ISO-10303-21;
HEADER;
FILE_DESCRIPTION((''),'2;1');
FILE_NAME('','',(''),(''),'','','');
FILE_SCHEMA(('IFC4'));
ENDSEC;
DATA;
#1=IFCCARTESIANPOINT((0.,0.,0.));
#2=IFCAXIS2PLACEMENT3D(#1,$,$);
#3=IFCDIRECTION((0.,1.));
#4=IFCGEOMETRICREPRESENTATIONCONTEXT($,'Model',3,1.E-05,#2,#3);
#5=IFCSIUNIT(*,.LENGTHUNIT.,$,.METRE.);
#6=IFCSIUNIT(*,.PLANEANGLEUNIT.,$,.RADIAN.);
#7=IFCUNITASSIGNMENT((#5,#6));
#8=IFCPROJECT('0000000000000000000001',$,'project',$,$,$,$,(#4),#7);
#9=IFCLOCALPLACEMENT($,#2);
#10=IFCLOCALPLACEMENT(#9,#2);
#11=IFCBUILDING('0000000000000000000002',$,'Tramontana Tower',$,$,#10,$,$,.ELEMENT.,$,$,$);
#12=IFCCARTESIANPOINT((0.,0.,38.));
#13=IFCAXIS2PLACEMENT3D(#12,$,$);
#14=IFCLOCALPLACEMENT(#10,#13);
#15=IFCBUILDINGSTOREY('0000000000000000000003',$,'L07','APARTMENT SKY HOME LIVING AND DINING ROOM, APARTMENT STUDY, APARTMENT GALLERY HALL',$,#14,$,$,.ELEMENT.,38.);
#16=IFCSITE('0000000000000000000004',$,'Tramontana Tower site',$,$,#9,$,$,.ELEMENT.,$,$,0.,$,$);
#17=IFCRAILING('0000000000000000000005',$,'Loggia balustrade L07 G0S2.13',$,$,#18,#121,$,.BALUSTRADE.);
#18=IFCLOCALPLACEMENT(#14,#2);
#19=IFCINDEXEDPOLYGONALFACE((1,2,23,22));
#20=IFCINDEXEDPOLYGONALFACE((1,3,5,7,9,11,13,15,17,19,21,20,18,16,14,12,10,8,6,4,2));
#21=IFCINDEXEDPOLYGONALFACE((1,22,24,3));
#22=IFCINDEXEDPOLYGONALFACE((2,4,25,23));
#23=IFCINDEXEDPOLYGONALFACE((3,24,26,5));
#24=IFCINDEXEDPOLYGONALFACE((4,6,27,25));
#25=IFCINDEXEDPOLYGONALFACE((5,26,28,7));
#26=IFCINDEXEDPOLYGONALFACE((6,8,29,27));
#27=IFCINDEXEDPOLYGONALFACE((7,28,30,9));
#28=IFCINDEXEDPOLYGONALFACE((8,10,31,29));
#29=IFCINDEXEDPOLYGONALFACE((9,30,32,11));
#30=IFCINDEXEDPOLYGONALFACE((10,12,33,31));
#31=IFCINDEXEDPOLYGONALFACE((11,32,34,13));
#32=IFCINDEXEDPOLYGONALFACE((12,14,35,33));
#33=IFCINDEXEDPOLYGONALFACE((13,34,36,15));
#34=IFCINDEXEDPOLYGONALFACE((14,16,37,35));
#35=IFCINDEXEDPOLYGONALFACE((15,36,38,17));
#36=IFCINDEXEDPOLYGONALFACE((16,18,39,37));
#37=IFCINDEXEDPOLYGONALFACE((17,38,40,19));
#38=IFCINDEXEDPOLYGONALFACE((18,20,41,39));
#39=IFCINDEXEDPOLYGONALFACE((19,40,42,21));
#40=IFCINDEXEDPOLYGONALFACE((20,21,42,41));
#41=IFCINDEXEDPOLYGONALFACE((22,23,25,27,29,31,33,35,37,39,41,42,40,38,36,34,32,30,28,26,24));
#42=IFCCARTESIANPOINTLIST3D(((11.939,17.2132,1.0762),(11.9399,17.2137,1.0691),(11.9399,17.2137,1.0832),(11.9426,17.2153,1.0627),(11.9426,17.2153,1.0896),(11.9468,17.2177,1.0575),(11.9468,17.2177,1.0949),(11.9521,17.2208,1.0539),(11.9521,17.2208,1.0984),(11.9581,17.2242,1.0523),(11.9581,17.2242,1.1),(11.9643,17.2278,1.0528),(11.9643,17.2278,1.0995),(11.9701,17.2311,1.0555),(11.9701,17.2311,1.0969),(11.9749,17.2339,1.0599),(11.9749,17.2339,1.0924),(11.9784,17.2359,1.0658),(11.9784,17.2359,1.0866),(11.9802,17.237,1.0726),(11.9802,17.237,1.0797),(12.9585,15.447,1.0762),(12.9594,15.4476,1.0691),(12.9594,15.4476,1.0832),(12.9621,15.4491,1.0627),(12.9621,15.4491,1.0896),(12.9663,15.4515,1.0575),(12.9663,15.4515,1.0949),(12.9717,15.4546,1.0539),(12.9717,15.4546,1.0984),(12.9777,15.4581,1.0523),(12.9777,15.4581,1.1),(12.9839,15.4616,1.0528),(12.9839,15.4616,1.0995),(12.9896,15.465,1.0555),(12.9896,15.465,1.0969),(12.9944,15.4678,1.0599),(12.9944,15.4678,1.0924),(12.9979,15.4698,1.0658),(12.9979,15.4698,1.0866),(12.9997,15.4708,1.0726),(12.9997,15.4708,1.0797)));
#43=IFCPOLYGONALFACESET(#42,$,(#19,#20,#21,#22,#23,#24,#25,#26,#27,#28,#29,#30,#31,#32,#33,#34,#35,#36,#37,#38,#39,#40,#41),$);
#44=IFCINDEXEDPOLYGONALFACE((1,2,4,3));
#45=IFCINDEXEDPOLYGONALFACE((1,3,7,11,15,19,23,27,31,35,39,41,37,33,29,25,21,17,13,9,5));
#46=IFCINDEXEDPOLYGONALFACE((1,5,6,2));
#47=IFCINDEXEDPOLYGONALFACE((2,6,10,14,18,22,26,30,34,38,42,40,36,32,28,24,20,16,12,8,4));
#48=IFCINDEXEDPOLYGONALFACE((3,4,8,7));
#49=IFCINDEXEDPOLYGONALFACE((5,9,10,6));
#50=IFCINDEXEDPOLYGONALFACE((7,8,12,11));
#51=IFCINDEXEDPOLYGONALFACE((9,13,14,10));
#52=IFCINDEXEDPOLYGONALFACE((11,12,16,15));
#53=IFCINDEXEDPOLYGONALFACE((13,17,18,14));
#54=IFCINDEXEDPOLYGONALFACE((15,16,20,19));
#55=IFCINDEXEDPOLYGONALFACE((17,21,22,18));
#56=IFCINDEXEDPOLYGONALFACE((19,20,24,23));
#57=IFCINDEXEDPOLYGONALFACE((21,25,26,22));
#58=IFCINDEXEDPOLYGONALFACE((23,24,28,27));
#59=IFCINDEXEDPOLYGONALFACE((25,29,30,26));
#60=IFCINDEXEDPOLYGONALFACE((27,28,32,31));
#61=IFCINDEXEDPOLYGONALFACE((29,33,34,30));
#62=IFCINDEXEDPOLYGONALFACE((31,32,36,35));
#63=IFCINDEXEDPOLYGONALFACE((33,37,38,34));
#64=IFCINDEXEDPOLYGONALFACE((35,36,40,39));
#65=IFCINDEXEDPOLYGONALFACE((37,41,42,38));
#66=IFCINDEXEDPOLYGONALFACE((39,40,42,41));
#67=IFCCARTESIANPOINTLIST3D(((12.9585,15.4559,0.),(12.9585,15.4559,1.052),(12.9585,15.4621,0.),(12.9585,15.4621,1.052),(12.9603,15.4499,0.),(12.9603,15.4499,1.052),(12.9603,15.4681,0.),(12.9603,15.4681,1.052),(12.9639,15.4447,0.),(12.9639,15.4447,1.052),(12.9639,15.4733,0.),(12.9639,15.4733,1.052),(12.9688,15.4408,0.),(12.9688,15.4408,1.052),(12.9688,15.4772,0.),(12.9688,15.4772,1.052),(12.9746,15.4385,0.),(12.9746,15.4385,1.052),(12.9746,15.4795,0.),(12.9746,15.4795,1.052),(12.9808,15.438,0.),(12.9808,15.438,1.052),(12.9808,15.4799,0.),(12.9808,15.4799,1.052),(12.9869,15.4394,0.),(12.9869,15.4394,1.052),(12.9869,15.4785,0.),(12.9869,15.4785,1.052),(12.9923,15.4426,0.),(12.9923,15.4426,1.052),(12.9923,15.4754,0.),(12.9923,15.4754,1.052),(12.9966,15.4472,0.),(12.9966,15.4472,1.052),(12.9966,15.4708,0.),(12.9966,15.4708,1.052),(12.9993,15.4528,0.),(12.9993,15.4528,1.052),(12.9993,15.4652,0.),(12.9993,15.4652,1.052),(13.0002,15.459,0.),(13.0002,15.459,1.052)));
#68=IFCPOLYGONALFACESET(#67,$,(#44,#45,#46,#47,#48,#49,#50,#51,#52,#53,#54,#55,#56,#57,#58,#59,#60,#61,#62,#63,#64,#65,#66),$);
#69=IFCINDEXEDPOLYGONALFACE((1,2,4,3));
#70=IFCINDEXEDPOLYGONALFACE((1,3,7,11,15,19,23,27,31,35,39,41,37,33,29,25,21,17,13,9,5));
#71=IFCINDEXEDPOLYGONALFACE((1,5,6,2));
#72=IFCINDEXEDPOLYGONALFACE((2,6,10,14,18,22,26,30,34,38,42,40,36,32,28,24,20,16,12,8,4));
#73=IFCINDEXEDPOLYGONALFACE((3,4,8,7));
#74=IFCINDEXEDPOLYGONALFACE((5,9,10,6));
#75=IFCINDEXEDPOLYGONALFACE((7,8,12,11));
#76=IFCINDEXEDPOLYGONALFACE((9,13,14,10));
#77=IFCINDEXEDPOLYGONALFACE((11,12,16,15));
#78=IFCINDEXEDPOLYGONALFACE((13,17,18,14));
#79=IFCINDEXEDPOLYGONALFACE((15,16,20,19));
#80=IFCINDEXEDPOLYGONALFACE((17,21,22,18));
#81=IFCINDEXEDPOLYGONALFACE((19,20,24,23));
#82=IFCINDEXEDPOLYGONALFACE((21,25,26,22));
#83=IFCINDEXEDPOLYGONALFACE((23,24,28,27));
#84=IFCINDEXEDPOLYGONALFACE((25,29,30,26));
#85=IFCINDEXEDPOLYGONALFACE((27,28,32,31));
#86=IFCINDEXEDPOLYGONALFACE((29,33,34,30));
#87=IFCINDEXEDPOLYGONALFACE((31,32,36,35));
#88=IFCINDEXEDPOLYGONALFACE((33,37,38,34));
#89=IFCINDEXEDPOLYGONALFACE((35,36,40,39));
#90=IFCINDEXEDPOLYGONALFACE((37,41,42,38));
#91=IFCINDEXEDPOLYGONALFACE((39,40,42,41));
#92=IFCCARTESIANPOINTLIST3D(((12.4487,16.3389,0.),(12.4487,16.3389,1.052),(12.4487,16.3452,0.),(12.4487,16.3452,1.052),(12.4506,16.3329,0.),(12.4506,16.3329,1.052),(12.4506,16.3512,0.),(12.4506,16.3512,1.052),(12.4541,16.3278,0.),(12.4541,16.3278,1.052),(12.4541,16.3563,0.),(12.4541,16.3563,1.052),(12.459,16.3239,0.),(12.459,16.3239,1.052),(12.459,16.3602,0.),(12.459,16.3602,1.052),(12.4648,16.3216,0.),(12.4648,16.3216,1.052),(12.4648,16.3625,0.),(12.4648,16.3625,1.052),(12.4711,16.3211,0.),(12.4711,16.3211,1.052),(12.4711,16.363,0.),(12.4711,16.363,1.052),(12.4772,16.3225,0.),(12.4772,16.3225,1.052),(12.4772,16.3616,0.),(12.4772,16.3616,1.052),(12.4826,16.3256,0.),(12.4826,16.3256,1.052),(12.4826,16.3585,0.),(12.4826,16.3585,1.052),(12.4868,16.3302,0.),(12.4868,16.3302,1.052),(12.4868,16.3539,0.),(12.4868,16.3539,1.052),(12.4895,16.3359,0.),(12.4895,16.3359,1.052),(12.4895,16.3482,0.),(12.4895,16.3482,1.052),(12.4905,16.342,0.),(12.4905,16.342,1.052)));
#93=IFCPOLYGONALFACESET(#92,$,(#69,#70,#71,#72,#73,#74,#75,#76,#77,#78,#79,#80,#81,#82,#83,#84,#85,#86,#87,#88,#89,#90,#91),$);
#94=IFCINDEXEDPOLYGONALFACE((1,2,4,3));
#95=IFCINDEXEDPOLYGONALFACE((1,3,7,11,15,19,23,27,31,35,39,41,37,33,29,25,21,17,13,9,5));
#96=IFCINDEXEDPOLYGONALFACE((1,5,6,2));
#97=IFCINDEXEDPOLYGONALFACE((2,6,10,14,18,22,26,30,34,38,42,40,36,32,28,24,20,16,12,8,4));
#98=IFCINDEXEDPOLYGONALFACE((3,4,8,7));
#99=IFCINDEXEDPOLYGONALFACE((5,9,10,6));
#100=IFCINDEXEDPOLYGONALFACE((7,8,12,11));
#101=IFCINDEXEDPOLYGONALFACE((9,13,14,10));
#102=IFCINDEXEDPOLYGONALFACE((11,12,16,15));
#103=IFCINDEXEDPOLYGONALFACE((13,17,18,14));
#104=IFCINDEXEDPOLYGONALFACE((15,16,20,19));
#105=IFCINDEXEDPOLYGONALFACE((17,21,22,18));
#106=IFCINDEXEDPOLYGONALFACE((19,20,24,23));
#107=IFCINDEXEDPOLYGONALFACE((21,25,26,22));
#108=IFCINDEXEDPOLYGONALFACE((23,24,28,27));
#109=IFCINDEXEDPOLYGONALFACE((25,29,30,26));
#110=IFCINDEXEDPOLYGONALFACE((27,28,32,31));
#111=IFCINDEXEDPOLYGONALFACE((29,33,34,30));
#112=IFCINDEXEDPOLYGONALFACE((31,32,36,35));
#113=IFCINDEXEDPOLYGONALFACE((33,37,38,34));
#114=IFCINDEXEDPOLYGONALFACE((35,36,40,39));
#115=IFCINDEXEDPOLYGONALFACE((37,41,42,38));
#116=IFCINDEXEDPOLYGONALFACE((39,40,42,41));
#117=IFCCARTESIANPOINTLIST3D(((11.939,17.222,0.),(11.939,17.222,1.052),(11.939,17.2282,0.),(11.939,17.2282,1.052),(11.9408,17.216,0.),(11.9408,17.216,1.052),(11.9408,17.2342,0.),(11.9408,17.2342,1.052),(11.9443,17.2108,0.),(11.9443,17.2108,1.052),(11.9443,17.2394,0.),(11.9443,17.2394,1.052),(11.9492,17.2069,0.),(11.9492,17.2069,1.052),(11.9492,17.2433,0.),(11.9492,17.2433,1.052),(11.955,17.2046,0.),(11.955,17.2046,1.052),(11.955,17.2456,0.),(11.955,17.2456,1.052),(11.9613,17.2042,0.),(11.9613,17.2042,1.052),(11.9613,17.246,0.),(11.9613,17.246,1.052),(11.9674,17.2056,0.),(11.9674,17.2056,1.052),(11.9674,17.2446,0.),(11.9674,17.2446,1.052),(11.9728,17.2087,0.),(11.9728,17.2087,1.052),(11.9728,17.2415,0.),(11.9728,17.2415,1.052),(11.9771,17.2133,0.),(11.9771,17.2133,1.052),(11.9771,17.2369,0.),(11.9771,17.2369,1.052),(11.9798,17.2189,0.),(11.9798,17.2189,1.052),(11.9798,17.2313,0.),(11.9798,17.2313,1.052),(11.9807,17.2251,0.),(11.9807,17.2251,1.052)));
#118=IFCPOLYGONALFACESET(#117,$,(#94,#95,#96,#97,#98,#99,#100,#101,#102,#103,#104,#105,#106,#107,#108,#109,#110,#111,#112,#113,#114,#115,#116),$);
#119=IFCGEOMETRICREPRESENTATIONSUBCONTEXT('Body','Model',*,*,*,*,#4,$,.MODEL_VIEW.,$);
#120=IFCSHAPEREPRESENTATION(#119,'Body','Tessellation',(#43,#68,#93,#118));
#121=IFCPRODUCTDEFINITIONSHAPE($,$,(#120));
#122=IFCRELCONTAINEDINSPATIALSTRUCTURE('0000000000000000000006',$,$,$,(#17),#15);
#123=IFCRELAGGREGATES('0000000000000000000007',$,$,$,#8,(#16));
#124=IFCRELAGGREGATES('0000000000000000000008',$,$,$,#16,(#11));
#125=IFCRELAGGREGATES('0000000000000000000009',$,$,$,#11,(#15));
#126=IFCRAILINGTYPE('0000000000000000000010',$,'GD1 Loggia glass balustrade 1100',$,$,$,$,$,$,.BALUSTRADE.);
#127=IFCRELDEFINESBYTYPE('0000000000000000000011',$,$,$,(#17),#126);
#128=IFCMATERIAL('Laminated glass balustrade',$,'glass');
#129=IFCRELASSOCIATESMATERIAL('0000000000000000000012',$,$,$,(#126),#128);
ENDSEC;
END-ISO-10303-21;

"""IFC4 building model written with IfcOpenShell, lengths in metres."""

from ifc_helpers import new_model, si_unit, direction, frame, origin, origin_2d, place, context, subcontext, project, spatial, circle, extrude, material, type_object, element, save


model = new_model("IFC4")

# Units and contexts
model_context = context("Model", 3, precision=1e-05, world=origin(), true_north=direction((0.0, 1.0)))
body_context = subcontext(model_context, "Body", "Model", "MODEL_VIEW")
ifc_project = project(units=[si_unit("LENGTHUNIT", "METRE"), si_unit("PLANEANGLEUNIT", "RADIAN")], contexts=[model_context])

# Site, building, storey
site_placement = place(None, origin())
site = spatial("IfcSite", under=ifc_project, at=site_placement, Name="Tramontana Tower site", CompositionType="ELEMENT", RefElevation=0.0)
building_placement = place(site_placement, origin())
building = spatial("IfcBuilding", under=site, at=building_placement, Name="Tramontana Tower", CompositionType="ELEMENT")
storey_placement = place(building_placement, frame((0.0, 0.0, 38.0)))
storey = spatial("IfcBuildingStorey", under=building, at=storey_placement, Name="L07", Description="APARTMENT SKY HOME LIVING AND DINING ROOM, APARTMENT STUDY, APARTMENT GALLERY HALL", CompositionType="ELEMENT", Elevation=38.0)

# Railing
ifc_material_1 = material(Name="Laminated glass balustrade", Category="glass")
railing_type = type_object("IfcRailingType", Name="GD1 Loggia glass balustrade 1100", PredefinedType="BALUSTRADE", material=ifc_material_1)
railing_placement = place(storey_placement, frame((12.9792, 15.459, 0.0)))
element("IfcRailing", 1, at=railing_placement, inside=storey, type_object=railing_type, Name="Loggia balustrade L07 G0S2.13", PredefinedType="BALUSTRADE", context=body_context, shape_type="SweptSolid", body=[
    extrude(circle(Radius=0.0239, at=origin_2d()), frame((0.0, 0.0, 1.0762), z_axis=(-0.49995, 0.866054, 0.0), x_axis=(-0.866054, -0.49995, 0.0)), (0.0, 0.0, 1.0), 2.0393),
    extrude(circle(Radius=0.021, at=origin_2d()), origin(), (0.0, 0.0, 1.0), 1.052),
    extrude(circle(Radius=0.021, at=origin_2d()), frame((-0.5098, 0.8831, 0.0)), (0.0, 0.0, 1.0), 1.052),
    extrude(circle(Radius=0.021, at=origin_2d()), frame((-1.0195, 1.7661, 0.0)), (0.0, 0.0, 1.0), 1.052),
])

save(model, "model.ifc")
